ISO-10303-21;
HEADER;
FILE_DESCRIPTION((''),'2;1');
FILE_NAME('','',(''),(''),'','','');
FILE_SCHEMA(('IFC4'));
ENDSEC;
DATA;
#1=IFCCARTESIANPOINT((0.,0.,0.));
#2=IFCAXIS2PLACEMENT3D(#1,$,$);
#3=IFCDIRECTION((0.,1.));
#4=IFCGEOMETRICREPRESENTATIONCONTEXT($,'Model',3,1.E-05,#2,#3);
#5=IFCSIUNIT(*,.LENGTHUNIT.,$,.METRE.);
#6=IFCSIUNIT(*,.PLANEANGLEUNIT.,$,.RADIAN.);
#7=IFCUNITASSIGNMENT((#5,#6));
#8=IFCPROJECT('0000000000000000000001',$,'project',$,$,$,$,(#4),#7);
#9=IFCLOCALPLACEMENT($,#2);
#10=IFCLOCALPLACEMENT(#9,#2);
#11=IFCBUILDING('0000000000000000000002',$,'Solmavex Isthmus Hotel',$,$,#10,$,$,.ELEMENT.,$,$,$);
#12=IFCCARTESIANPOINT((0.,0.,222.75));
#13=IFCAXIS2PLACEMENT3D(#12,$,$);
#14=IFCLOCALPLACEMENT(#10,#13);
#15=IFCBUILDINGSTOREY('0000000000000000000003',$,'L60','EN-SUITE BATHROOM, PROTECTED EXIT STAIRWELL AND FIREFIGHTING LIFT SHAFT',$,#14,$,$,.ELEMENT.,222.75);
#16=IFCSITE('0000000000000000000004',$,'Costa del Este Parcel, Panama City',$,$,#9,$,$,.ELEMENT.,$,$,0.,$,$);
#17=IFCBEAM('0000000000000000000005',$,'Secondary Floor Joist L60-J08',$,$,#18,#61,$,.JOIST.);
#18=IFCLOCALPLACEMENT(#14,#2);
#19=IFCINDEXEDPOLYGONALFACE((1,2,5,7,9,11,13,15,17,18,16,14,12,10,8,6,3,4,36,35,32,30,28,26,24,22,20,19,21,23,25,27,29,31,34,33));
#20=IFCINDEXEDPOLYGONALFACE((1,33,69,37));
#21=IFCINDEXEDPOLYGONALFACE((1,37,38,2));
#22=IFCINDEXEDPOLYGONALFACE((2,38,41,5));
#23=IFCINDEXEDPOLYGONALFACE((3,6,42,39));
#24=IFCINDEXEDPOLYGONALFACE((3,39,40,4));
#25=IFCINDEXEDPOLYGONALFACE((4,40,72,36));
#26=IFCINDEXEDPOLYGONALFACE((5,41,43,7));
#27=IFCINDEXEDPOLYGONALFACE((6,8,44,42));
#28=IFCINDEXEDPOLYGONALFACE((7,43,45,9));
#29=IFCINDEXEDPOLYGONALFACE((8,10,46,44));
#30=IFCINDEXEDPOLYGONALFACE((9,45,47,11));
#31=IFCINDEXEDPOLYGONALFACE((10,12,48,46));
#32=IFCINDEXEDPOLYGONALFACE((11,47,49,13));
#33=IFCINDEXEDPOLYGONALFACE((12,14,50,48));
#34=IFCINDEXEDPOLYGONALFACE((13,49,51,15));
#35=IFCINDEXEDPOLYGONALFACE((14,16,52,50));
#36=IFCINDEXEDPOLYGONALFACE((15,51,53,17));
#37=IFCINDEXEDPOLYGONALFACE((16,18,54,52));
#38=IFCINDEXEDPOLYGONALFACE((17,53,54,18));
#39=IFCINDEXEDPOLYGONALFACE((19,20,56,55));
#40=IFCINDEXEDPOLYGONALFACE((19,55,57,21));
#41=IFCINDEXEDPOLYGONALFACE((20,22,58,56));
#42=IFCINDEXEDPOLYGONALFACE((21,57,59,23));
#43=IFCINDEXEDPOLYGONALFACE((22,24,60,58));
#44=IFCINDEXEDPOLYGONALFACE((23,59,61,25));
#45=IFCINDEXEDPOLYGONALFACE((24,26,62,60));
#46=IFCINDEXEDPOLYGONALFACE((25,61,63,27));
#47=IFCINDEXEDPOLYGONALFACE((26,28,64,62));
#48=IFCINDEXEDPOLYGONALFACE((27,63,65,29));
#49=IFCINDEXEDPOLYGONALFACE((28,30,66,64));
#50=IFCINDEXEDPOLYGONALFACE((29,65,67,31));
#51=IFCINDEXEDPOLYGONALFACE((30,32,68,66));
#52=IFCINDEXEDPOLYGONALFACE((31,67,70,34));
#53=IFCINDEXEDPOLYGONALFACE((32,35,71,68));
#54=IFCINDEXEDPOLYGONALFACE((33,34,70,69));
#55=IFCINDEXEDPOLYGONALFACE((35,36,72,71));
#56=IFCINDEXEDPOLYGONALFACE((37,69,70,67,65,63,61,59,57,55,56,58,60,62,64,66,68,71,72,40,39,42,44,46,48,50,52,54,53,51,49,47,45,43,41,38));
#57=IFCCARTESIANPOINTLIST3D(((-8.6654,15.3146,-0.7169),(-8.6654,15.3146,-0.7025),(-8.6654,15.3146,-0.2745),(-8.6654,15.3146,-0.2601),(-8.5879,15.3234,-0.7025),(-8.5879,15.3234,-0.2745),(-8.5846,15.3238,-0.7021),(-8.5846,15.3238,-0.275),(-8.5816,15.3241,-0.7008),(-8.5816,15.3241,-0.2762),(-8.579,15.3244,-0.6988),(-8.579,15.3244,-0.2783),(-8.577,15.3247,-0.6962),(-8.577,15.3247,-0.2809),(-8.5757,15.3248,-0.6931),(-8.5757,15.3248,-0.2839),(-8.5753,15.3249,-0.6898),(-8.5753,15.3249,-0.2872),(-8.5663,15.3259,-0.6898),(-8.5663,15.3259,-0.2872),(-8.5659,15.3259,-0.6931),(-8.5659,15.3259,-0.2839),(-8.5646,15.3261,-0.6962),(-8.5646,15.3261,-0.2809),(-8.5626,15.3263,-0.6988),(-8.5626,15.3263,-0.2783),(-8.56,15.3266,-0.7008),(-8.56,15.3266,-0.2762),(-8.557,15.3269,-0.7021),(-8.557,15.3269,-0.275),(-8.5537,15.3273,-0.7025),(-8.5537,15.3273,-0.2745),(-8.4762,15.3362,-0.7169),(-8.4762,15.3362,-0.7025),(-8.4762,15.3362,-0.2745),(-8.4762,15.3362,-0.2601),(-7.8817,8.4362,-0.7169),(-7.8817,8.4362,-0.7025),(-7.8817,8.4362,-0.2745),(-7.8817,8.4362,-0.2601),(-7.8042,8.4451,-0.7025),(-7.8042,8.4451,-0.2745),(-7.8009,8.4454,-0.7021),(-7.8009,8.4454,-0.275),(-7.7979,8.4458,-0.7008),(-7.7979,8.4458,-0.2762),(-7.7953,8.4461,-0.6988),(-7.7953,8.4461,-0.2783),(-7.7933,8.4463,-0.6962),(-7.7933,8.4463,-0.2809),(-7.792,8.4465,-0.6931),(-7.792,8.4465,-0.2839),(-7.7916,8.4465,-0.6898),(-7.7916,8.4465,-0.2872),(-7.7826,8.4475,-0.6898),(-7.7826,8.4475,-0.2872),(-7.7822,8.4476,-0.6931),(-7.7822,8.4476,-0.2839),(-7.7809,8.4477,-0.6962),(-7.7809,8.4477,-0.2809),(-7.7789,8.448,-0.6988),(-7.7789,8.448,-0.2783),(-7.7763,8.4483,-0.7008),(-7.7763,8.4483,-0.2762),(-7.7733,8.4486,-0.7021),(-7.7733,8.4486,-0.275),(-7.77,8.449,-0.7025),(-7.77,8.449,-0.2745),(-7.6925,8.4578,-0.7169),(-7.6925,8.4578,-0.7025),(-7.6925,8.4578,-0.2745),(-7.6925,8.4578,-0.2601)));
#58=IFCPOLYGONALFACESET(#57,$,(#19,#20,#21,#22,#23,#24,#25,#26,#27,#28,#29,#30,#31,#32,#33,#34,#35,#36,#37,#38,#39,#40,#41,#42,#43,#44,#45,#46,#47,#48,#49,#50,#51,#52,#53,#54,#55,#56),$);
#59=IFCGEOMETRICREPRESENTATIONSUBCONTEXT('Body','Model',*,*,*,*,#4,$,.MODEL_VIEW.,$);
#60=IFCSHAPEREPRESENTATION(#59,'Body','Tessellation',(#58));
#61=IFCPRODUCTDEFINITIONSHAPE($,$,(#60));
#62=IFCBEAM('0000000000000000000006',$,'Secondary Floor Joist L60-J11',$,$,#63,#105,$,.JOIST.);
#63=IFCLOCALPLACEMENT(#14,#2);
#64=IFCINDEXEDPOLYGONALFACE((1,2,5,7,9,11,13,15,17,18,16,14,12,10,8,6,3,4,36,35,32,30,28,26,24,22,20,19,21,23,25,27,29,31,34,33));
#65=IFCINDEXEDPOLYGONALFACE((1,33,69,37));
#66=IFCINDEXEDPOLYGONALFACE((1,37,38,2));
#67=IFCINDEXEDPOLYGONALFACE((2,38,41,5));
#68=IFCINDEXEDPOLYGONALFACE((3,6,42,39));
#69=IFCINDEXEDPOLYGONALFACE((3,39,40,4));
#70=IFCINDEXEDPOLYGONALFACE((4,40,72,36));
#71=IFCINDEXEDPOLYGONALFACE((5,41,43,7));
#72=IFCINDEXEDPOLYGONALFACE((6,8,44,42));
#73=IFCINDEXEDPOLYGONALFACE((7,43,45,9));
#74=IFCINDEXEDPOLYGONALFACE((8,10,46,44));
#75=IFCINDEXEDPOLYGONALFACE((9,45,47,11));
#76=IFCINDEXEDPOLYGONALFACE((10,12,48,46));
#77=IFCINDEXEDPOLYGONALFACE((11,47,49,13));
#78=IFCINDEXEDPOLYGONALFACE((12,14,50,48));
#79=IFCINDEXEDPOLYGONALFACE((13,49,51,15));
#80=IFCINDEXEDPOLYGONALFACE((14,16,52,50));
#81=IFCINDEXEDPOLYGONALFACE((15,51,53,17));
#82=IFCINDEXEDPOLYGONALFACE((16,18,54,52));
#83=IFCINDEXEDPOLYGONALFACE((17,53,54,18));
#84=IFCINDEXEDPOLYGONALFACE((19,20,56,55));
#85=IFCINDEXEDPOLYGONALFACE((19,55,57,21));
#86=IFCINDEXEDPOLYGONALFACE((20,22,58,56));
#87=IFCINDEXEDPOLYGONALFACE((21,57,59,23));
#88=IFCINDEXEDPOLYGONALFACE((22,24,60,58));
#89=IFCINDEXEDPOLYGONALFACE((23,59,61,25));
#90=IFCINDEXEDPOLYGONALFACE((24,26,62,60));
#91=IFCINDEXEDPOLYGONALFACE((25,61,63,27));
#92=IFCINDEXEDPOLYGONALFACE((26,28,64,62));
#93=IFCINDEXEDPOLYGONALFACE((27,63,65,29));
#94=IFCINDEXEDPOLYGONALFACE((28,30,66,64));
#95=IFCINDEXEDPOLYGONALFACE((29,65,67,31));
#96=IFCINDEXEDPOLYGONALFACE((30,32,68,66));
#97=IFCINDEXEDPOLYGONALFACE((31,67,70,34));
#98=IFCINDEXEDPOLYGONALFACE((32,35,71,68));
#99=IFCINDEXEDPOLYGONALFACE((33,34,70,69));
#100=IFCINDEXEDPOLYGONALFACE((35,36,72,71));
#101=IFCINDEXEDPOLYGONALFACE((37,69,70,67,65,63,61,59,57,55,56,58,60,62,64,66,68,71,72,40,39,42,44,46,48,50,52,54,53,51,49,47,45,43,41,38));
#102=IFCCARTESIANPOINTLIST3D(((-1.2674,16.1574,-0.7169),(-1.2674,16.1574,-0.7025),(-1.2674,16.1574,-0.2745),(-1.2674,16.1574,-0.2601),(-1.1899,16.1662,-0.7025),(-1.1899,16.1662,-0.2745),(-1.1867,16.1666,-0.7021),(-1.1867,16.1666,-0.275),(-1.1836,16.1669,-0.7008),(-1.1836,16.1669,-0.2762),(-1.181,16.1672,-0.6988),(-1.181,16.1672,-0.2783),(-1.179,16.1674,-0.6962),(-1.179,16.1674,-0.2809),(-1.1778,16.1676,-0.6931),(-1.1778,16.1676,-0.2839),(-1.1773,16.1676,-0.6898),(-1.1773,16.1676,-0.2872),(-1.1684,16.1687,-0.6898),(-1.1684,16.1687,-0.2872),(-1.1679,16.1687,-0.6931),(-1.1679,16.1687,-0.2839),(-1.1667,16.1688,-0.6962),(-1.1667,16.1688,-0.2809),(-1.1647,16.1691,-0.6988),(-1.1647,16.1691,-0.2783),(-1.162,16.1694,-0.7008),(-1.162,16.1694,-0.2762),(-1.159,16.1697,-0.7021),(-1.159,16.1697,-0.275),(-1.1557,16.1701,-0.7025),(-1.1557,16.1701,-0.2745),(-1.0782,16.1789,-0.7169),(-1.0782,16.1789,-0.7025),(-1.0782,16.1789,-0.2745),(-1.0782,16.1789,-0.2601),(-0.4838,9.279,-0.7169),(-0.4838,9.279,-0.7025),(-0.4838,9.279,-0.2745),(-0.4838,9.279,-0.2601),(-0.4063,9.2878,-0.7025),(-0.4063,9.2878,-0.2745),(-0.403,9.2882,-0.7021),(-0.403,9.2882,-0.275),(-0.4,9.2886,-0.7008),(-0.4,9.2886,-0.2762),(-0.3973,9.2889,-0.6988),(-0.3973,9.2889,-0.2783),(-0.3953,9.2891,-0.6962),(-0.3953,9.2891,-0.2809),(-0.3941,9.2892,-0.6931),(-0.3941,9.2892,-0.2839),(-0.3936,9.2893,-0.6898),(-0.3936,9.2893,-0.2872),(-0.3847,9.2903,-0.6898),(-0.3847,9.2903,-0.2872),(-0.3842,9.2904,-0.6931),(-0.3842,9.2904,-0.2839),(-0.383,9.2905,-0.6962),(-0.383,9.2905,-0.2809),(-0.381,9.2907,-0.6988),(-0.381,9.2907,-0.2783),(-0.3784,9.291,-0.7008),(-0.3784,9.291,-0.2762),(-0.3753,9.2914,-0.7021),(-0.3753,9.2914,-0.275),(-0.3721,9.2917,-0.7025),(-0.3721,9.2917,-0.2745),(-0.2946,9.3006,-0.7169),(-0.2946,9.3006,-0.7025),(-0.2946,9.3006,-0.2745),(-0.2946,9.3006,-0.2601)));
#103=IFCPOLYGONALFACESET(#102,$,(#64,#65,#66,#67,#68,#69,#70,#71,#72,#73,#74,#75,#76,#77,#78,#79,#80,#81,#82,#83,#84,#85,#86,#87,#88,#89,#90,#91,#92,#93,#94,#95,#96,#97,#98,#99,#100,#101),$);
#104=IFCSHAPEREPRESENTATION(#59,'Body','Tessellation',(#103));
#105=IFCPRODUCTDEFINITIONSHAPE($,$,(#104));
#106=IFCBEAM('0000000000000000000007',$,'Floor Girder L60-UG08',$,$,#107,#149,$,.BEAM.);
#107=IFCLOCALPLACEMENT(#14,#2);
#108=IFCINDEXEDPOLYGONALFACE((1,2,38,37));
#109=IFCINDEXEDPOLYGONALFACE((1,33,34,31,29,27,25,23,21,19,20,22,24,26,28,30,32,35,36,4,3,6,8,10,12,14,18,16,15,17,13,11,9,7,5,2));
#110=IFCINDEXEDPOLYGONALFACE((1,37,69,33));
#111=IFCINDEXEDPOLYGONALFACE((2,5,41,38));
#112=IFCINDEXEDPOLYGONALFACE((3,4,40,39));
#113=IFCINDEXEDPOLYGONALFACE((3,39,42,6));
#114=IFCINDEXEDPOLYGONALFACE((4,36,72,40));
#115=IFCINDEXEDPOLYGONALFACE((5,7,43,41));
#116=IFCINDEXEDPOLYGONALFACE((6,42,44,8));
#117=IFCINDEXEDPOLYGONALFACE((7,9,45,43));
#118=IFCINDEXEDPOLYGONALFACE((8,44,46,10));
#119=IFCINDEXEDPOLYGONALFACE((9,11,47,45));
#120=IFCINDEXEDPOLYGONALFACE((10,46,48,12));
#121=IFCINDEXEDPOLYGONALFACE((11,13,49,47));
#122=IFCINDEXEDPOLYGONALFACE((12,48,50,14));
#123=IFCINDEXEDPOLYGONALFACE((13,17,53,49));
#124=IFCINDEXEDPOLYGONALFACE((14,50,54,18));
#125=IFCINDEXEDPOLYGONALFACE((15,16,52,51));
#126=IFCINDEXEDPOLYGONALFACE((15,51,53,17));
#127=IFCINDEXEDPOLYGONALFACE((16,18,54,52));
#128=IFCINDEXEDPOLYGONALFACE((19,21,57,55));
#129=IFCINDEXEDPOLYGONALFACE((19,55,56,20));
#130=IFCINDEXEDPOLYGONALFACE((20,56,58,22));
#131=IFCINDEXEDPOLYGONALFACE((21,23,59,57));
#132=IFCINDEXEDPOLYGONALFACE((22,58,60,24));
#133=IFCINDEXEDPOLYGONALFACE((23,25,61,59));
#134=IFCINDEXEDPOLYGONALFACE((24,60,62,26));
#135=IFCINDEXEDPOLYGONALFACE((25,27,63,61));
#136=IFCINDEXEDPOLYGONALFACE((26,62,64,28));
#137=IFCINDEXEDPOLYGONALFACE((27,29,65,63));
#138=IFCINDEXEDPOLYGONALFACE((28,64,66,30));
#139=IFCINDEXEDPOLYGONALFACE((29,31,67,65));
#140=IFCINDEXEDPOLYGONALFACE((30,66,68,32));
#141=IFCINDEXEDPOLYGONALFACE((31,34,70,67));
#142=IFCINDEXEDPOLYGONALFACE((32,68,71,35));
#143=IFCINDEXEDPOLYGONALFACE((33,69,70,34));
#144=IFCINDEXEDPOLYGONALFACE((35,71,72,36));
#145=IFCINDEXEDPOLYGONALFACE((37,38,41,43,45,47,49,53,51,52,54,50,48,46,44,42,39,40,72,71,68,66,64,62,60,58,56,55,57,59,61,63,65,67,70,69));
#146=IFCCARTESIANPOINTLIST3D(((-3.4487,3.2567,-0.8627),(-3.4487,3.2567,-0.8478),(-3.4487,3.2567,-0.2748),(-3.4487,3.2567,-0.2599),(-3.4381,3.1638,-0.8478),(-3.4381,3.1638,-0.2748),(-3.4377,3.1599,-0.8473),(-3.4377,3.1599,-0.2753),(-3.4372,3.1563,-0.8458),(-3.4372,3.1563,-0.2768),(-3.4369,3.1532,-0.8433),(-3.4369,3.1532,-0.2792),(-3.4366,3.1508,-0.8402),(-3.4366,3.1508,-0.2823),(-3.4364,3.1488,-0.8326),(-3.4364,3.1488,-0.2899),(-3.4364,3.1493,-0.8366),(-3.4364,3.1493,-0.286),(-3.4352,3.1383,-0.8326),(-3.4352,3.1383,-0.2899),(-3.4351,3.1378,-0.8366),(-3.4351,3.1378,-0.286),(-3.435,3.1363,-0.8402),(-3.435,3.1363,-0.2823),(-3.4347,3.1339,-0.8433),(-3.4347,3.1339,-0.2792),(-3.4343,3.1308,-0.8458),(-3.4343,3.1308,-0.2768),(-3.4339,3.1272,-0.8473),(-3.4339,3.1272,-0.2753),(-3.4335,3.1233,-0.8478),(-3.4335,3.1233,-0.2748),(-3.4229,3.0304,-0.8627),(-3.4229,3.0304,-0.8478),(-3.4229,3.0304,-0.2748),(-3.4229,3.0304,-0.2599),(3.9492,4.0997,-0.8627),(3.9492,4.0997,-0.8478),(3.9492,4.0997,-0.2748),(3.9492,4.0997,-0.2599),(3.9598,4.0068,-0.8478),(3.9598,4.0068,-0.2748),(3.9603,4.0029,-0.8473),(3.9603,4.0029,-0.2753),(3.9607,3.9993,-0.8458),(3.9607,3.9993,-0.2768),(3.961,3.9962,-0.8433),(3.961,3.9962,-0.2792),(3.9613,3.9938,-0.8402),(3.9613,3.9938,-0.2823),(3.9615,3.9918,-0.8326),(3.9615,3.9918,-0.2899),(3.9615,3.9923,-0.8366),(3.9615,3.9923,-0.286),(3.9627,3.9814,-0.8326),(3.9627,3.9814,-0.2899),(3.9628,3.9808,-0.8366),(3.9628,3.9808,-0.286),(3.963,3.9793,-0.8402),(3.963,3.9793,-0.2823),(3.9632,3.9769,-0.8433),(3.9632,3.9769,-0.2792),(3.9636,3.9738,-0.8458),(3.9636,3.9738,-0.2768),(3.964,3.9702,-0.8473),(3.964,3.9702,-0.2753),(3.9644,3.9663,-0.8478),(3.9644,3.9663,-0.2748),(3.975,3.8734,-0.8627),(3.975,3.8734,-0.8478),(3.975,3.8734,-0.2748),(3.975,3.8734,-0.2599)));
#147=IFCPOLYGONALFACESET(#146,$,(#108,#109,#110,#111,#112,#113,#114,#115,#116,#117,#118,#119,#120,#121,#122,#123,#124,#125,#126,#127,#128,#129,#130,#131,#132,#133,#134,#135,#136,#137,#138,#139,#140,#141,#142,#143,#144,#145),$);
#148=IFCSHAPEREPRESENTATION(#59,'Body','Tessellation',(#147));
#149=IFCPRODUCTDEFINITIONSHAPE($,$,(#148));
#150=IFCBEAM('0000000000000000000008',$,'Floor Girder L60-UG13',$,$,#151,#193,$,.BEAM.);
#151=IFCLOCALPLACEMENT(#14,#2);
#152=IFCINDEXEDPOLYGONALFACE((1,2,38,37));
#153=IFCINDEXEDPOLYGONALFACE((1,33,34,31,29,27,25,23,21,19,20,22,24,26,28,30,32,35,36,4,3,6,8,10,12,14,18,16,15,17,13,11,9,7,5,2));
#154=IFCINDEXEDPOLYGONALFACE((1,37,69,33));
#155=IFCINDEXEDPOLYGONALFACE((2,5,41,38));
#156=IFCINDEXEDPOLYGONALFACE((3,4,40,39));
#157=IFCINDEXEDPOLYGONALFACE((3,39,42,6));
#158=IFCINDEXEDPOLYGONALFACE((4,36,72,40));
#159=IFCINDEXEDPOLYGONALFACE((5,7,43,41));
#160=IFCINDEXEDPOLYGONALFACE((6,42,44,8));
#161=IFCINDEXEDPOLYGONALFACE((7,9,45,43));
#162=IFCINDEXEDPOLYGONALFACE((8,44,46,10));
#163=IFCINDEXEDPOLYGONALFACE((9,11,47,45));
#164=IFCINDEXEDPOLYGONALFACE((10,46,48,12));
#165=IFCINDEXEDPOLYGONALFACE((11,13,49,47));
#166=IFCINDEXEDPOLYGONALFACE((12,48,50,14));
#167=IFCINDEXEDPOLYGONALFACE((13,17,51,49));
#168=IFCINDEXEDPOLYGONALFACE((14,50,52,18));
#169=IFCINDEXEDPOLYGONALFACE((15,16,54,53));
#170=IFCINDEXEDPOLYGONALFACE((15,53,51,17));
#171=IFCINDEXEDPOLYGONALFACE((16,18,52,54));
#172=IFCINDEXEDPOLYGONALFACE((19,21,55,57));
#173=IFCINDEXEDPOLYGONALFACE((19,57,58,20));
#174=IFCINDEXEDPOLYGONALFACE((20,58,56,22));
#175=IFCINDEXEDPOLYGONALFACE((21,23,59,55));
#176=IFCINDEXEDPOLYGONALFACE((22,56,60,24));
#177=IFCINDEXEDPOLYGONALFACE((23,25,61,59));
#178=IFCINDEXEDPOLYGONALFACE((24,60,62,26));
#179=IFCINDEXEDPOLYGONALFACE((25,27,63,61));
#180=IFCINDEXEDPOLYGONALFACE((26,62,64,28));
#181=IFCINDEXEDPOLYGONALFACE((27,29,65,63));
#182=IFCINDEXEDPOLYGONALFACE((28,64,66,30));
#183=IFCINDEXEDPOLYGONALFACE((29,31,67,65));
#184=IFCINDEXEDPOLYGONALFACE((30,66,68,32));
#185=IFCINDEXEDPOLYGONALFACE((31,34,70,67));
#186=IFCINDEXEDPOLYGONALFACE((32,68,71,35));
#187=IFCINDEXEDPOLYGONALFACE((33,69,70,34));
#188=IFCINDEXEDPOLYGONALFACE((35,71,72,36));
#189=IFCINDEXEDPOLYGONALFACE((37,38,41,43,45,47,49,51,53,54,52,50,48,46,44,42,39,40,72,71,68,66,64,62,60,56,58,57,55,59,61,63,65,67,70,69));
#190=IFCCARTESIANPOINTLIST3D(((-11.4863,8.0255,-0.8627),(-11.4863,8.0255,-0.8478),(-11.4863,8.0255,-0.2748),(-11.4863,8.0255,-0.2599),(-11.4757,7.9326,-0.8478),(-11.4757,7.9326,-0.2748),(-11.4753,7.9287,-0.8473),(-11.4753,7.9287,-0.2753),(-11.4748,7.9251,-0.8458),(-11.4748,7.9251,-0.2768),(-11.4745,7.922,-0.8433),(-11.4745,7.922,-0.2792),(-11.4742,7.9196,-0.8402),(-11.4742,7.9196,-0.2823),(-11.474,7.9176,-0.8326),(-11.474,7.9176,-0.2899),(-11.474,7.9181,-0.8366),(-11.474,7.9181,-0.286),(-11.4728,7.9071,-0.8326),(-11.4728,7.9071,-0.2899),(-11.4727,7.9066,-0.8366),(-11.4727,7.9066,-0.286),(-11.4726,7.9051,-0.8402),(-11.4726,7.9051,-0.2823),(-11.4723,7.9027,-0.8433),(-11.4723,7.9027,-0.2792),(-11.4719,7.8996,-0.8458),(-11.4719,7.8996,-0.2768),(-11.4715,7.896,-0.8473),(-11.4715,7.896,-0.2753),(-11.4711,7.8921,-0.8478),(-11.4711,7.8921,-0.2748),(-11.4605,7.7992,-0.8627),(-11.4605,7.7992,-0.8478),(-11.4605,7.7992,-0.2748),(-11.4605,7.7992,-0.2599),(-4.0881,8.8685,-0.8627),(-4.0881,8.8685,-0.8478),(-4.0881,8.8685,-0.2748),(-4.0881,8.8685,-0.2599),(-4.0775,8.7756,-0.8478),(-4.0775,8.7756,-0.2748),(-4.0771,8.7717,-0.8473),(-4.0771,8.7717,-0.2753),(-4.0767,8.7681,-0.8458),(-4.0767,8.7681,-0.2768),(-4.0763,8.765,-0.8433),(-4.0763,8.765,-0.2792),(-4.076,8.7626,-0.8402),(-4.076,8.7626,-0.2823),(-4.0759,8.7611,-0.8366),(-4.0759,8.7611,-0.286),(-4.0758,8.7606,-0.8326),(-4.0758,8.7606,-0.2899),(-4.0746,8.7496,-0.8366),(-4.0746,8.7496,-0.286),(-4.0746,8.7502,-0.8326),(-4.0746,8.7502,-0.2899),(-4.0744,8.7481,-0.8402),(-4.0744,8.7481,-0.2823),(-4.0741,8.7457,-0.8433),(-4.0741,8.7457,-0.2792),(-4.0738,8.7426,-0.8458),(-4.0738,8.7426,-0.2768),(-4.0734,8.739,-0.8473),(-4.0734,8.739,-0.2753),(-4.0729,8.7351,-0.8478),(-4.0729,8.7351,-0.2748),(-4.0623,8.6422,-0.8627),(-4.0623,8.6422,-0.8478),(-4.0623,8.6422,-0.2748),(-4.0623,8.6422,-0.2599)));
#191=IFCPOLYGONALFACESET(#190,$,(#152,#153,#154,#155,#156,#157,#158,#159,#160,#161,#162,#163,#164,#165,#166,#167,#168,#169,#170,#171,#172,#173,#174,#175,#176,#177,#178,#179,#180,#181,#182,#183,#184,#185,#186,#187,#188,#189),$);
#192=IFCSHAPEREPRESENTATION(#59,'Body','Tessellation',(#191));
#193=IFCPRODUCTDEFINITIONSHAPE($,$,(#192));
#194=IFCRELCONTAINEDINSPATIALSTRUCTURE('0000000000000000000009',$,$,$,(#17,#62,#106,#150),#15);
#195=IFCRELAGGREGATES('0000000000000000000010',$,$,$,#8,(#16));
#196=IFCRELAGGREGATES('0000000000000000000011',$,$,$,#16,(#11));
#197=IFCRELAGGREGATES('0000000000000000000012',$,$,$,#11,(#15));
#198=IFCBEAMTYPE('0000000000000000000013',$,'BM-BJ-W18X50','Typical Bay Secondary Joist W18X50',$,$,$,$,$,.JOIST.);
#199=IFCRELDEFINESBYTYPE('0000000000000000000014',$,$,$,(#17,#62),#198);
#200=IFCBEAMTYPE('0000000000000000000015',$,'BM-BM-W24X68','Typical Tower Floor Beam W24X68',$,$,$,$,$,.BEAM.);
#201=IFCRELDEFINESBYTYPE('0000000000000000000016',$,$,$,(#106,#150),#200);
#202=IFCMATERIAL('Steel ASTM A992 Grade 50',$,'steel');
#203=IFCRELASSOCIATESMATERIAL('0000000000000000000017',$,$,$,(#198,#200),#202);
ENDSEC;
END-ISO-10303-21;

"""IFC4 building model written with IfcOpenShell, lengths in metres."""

from ifc_helpers import new_model, si_unit, direction, frame, origin, origin_2d, place, context, subcontext, project, spatial, i_section, extrude, material, material_profile, profile_set, type_object, element, save


model = new_model("IFC4")

# Units and contexts
model_context = context("Model", 3, precision=1e-05, world=origin(), true_north=direction((0.0, 1.0)))
body_context = subcontext(model_context, "Body", "Model", "MODEL_VIEW")
ifc_project = project(units=[si_unit("LENGTHUNIT", "METRE"), si_unit("PLANEANGLEUNIT", "RADIAN")], contexts=[model_context])

# Site, building, storey
site_placement = place(None, origin())
site = spatial("IfcSite", under=ifc_project, at=site_placement, Name="Costa del Este Parcel, Panama City", CompositionType="ELEMENT", RefElevation=0.0)
building_placement = place(site_placement, origin())
building = spatial("IfcBuilding", under=site, at=building_placement, Name="Solmavex Isthmus Hotel", CompositionType="ELEMENT")
storey_placement = place(building_placement, frame((0.0, 0.0, 222.75)))
storey = spatial("IfcBuildingStorey", under=building, at=storey_placement, Name="L60", Description="EN-SUITE BATHROOM, PROTECTED EXIT STAIRWELL AND FIREFIGHTING LIFT SHAFT", CompositionType="ELEMENT", Elevation=222.75)

# Beams
ifc_material_1 = material(Name="Steel ASTM A992 Grade 50", Category="steel")
ifc_material_profile_1 = material_profile(ifc_material_1, i_section(OverallWidth=0.1904, OverallDepth=0.4568, WebThickness=0.009, FlangeThickness=0.0144, FilletRadius=0.0127, at=origin_2d()), Name="W18X50")
ifc_profile_set_1 = profile_set([ifc_material_profile_1], Name="Steel ASTM A992 Grade 50")
beam_type_1 = type_object("IfcBeamType", Name="BM-BJ-W18X50", Description="Typical Bay Secondary Joist W18X50", PredefinedType="JOIST", material=ifc_profile_set_1)
for number, where, z_axis, x_axis, name in (
    (1, (-7.7871, 8.447, -0.4885), (-0.113202, 0.993572, 0.0), (-0.993572, -0.113202, 0.0), "Secondary Floor Joist L60-J08"),
    (2, (-0.3892, 9.2898, -0.4885), (-0.113202, 0.993572, 0.0), (-0.993572, -0.113202, 0.0), "Secondary Floor Joist L60-J11"),
):
    element("IfcBeam", number, at=place(storey_placement, frame(where, z_axis=z_axis, x_axis=x_axis)), inside=storey, type_object=beam_type_1, Name=name, PredefinedType="JOIST", context=body_context, shape_type="SweptSolid", body=[
        extrude(i_section(OverallWidth=0.1904, OverallDepth=0.4568, WebThickness=0.009, FlangeThickness=0.0144, FilletRadius=0.0127, at=origin_2d()), origin(), (0.0, 0.0, 1.0), 6.9229),
    ])
ifc_material_profile_2 = material_profile(ifc_material_1, i_section(OverallWidth=0.2278, OverallDepth=0.6028, WebThickness=0.0105, FlangeThickness=0.0149, FilletRadius=0.0151, at=origin_2d()), Name="W24X68")
ifc_profile_set_2 = profile_set([ifc_material_profile_2], Name="Steel ASTM A992 Grade 50")
beam_type_2 = type_object("IfcBeamType", Name="BM-BM-W24X68", Description="Typical Tower Floor Beam W24X68", PredefinedType="BEAM", material=ifc_profile_set_2)
beam_1_placement = place(storey_placement, frame((-3.4358, 3.1436, -0.5613), z_axis=(0.99357, 0.11322, 0.0), x_axis=(-0.11322, 0.99357, 0.0)))
element("IfcBeam", 3, at=beam_1_placement, inside=storey, type_object=beam_type_2, Name="Floor Girder L60-UG08", PredefinedType="BEAM", context=body_context, shape_type="SweptSolid", body=[
    extrude(i_section(OverallWidth=0.2278, OverallDepth=0.6028, WebThickness=0.0105, FlangeThickness=0.0149, FilletRadius=0.0151, at=origin_2d()), origin(), (0.0, 0.0, 1.0), 7.4458),
])
for number, where, z_axis, x_axis, name in (
    (4, (-11.4734, 7.9124, -0.5613), (0.99357, 0.113216, 0.0), (-0.113216, 0.99357, 0.0), "Floor Girder L60-UG13"),
):
    element("IfcBeam", number, at=place(storey_placement, frame(where, z_axis=z_axis, x_axis=x_axis)), inside=storey, type_object=beam_type_2, Name=name, PredefinedType="BEAM", context=body_context, shape_type="SweptSolid", body=[
        extrude(i_section(OverallWidth=0.2278, OverallDepth=0.6028, WebThickness=0.0105, FlangeThickness=0.0149, FilletRadius=0.0151, at=origin_2d()), origin(), (0.0, 0.0, 1.0), 7.446),
    ])

save(model, "model.ifc")
